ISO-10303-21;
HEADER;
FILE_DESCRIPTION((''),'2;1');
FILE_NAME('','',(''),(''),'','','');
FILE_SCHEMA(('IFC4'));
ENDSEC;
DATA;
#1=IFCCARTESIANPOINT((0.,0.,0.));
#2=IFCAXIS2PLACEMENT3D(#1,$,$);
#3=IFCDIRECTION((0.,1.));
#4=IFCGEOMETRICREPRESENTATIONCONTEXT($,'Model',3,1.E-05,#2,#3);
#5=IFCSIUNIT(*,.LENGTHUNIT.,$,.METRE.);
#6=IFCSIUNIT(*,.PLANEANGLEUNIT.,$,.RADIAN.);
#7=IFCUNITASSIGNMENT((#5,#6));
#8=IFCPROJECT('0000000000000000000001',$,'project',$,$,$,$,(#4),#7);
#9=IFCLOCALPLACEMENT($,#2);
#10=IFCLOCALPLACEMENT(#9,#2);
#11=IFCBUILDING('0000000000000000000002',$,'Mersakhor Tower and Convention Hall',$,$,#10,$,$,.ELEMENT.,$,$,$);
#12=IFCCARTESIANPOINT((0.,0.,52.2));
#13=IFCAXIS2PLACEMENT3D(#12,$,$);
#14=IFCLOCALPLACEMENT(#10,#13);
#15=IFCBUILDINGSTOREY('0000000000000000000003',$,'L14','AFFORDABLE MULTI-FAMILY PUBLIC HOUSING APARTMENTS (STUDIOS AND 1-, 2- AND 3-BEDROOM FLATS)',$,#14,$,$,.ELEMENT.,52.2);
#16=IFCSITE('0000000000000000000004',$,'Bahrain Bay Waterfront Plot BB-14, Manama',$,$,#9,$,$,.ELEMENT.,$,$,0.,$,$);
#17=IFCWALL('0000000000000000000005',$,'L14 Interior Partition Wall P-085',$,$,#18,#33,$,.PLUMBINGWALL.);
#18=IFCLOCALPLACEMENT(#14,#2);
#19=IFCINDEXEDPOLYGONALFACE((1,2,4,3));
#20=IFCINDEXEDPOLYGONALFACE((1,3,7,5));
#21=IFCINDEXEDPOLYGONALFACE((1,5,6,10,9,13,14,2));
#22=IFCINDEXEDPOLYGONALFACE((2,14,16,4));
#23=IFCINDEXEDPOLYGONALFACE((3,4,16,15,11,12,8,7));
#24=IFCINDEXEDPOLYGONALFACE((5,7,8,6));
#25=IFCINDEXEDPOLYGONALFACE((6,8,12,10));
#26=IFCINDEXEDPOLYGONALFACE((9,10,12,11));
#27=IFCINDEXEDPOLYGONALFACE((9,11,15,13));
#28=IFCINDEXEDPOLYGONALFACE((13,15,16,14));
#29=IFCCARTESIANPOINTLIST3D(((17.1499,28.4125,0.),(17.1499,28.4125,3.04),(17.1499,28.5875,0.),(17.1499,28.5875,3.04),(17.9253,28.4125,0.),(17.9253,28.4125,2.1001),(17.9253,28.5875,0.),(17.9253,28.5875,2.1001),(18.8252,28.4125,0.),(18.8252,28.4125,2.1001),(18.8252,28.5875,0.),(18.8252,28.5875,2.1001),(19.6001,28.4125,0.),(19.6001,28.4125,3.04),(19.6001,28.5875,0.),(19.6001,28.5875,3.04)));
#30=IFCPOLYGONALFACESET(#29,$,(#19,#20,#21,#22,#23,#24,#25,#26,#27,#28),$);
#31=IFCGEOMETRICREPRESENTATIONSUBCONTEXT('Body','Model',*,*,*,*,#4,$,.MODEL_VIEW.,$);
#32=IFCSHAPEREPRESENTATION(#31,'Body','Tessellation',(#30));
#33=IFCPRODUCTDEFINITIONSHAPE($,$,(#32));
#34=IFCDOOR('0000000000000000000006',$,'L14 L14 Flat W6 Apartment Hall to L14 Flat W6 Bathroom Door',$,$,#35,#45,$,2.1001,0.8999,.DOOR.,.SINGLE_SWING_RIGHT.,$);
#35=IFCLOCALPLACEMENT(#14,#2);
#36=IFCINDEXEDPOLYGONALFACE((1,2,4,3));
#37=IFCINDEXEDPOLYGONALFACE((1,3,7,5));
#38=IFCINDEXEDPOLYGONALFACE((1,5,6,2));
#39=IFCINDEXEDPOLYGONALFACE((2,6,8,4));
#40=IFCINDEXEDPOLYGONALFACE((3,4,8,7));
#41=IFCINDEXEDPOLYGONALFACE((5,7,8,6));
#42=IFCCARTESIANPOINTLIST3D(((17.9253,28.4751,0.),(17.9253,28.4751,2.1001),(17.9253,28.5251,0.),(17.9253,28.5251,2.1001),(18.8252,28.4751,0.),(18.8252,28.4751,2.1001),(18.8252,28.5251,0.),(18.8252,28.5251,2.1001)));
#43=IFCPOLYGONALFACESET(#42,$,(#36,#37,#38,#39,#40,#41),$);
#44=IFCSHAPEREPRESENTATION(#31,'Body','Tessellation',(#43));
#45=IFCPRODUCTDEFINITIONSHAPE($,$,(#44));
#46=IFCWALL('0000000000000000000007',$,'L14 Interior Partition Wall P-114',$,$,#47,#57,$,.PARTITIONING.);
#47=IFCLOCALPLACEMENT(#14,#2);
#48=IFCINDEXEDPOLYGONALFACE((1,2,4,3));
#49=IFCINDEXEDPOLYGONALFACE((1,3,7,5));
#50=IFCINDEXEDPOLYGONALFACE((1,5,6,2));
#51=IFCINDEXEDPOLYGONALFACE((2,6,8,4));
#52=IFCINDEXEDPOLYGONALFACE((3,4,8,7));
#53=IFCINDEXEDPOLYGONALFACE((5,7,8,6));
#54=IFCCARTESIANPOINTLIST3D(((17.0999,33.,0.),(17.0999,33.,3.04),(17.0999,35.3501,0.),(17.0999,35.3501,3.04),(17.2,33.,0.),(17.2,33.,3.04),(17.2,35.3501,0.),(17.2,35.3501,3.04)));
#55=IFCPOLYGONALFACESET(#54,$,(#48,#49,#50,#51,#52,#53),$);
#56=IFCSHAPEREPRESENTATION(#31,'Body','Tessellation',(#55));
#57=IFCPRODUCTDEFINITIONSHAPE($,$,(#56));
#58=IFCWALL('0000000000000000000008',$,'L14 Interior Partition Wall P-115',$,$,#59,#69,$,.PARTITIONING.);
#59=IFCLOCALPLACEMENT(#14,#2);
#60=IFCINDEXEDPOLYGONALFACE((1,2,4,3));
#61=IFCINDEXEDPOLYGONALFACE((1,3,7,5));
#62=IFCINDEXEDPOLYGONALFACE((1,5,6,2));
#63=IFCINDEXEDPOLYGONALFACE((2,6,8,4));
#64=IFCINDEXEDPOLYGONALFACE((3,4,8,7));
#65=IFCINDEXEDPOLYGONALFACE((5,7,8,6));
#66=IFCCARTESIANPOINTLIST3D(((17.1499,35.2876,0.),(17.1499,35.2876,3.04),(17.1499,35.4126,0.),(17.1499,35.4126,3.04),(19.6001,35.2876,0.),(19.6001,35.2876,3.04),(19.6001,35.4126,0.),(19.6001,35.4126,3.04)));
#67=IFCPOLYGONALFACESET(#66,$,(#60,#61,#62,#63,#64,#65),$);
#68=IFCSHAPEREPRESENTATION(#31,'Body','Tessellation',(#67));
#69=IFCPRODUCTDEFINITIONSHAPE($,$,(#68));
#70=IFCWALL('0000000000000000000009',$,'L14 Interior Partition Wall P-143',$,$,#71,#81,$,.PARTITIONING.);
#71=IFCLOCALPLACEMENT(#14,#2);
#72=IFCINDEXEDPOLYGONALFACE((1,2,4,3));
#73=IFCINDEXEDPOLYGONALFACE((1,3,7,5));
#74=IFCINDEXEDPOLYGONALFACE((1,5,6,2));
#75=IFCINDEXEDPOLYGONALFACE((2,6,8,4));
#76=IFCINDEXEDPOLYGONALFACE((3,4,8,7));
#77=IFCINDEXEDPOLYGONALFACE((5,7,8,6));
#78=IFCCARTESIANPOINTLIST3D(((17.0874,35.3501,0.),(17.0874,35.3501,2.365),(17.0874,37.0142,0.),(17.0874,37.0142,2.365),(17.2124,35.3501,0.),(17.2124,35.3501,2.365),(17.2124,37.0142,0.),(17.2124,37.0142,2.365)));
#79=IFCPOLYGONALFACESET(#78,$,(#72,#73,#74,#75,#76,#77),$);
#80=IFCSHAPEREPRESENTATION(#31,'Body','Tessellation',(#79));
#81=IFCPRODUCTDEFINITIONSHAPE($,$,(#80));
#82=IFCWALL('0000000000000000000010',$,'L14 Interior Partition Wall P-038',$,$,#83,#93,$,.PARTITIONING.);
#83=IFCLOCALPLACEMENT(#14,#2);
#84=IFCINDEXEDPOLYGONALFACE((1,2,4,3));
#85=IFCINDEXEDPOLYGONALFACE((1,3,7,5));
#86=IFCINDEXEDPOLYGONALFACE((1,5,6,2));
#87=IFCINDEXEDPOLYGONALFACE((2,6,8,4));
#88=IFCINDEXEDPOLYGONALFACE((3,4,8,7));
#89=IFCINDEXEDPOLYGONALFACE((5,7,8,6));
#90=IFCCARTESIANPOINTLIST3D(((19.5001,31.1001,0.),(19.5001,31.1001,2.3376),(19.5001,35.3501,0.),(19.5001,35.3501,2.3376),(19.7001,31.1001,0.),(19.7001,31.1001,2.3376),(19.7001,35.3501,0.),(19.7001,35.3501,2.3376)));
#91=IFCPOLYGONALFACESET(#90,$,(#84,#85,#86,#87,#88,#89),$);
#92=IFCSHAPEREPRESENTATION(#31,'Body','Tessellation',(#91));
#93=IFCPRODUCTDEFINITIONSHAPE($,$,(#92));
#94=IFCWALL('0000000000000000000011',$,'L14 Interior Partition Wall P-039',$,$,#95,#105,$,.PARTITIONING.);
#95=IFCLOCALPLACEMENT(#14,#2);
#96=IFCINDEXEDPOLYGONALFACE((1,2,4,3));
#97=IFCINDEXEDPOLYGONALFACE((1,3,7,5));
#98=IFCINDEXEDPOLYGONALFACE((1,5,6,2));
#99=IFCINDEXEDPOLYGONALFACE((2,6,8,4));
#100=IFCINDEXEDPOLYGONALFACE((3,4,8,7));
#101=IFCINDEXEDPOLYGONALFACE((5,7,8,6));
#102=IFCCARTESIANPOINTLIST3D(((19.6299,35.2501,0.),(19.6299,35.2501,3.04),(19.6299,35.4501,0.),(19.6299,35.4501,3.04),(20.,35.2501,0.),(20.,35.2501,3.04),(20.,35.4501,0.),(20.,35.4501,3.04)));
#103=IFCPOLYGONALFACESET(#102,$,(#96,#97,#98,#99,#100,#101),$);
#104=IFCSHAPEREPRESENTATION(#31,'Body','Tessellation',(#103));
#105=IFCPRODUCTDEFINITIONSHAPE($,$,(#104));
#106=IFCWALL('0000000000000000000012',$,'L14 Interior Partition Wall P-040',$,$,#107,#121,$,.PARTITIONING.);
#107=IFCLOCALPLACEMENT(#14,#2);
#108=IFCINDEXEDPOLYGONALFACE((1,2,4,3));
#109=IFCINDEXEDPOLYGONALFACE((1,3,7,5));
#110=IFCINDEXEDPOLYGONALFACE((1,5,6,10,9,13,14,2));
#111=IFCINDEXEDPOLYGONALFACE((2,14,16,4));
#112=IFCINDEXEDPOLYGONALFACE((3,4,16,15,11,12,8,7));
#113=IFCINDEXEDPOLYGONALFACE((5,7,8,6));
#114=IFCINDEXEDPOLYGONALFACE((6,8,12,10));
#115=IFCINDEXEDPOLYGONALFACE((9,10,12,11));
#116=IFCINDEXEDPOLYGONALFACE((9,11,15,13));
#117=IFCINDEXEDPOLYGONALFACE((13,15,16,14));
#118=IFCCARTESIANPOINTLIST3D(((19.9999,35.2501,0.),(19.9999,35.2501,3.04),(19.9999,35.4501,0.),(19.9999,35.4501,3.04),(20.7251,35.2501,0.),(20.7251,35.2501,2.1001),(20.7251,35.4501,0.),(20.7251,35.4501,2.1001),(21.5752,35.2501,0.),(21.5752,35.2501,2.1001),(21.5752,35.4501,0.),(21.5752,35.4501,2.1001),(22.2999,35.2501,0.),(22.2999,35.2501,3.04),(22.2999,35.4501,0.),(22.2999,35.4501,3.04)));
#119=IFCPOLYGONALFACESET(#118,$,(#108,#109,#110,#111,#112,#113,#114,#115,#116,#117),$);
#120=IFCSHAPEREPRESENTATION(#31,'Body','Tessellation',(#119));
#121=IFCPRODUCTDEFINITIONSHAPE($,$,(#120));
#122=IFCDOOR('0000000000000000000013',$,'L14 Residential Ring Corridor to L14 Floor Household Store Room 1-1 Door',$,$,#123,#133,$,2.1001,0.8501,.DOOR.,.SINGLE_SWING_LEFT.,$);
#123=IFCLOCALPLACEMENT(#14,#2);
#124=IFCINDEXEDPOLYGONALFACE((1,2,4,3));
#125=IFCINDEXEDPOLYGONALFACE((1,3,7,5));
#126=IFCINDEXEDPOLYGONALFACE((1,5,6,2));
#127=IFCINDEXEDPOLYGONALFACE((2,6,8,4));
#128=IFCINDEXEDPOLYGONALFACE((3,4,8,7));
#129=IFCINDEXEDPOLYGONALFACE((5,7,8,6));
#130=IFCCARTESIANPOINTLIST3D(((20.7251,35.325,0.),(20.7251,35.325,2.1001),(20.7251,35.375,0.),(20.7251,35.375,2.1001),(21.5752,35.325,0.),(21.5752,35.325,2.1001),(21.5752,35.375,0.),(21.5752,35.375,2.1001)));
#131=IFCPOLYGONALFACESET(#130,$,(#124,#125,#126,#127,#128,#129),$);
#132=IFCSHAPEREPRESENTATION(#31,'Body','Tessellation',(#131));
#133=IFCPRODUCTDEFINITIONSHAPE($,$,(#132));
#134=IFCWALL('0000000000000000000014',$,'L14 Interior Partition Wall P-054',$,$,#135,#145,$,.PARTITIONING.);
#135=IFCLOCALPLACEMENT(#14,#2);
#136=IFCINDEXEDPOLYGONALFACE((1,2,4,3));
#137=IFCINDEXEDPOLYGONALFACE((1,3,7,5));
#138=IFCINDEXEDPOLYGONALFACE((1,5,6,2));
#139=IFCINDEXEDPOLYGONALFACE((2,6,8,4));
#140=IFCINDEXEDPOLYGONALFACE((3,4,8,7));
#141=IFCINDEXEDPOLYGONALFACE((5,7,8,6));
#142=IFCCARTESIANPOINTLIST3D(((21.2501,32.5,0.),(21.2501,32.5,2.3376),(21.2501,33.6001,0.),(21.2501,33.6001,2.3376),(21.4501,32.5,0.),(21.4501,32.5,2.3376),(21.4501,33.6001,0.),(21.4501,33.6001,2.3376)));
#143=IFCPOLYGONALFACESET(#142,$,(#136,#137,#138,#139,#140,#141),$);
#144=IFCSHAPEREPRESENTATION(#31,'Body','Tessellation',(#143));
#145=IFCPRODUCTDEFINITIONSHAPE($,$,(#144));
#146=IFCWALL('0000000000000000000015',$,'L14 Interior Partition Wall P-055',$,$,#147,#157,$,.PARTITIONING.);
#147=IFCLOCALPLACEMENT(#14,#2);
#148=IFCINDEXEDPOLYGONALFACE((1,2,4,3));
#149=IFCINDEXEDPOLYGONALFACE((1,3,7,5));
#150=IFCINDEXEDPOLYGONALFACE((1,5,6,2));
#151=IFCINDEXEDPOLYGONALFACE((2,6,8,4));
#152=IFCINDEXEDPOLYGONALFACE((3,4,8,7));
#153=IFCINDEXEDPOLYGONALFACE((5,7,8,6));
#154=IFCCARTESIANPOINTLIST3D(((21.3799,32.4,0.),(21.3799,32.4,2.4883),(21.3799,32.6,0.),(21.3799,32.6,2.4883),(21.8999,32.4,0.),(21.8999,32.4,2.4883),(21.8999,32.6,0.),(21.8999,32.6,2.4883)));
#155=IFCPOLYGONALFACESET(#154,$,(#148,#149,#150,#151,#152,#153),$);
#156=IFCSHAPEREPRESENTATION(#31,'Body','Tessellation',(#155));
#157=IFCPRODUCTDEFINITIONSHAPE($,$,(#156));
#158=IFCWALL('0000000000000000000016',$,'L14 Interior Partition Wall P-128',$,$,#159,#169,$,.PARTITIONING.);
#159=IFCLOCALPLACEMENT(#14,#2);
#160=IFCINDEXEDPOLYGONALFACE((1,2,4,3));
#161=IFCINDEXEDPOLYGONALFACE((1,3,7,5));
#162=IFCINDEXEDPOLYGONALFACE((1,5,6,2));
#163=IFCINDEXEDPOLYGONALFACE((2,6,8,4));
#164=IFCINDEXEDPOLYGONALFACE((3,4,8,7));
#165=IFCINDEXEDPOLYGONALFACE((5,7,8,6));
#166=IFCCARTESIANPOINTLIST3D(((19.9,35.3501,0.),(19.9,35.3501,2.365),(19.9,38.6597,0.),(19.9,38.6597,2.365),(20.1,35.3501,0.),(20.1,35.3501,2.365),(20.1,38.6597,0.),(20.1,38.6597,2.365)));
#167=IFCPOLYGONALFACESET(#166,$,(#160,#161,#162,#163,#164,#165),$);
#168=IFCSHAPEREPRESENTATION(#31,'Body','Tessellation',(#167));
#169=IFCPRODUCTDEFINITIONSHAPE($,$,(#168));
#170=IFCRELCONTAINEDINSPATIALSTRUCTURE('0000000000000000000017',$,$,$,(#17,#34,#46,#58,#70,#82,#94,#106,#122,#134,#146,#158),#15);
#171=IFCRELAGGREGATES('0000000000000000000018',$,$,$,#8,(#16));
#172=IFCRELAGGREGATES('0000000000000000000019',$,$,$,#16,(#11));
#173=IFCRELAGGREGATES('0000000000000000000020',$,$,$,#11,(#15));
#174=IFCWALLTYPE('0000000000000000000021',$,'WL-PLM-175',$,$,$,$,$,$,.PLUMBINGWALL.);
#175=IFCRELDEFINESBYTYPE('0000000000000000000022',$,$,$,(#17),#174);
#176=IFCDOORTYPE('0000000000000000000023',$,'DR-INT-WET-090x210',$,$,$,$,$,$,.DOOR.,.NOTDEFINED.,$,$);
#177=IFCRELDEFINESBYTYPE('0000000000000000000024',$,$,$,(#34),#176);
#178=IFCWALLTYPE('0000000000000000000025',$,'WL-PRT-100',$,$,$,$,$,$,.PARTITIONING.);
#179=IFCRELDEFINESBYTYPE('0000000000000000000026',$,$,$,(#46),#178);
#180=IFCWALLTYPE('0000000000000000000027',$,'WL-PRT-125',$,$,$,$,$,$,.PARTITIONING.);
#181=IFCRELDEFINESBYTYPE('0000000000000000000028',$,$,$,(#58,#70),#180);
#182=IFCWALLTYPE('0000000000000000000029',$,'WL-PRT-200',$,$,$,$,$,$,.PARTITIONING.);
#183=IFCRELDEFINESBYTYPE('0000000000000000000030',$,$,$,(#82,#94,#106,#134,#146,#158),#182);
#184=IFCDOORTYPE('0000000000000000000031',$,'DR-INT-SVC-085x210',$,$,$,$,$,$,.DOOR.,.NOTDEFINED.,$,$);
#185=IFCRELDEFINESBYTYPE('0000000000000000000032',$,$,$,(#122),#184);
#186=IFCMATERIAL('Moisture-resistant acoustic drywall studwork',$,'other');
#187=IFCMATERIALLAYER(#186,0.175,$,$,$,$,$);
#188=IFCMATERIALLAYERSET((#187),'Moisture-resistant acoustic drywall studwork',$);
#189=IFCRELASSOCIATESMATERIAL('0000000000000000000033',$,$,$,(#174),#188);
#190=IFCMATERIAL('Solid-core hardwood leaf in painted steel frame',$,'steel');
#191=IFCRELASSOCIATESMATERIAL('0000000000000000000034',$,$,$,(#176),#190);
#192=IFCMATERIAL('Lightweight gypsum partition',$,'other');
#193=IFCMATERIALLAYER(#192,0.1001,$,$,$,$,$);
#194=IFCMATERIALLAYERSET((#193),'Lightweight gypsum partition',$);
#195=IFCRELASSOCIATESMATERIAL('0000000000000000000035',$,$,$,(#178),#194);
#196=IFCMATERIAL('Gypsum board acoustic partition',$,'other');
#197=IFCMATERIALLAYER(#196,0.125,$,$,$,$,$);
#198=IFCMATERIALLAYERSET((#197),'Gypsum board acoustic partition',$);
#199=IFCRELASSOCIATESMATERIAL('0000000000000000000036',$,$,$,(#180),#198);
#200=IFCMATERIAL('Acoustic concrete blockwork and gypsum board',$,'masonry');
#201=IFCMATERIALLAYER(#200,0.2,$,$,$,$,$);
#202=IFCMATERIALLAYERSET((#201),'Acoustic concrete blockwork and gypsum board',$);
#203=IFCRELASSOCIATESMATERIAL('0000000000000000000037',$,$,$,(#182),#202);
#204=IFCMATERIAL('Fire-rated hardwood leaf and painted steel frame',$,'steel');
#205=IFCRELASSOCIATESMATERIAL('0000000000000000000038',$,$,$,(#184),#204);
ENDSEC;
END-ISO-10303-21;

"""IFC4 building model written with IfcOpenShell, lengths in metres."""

from ifc_helpers import new_model, si_unit, direction, frame, frame_2d, origin, place, context, subcontext, project, spatial, rectangle, extrude, material, layer, layer_set, type_object, element, fill, save


model = new_model("IFC4")

# Units and contexts
model_context = context("Model", 3, precision=1e-05, world=origin(), true_north=direction((0.0, 1.0)))
body_context = subcontext(model_context, "Body", "Model", "MODEL_VIEW")
ifc_project = project(units=[si_unit("LENGTHUNIT", "METRE"), si_unit("PLANEANGLEUNIT", "RADIAN")], contexts=[model_context])

# Site, building, storey
site_placement = place(None, origin())
site = spatial("IfcSite", under=ifc_project, at=site_placement, Name="Bahrain Bay Waterfront Plot BB-14, Manama", CompositionType="ELEMENT", RefElevation=0.0)
building_placement = place(site_placement, origin())
building = spatial("IfcBuilding", under=site, at=building_placement, Name="Mersakhor Tower and Convention Hall", CompositionType="ELEMENT")
storey_placement = place(building_placement, frame((0.0, 0.0, 52.2)))
storey = spatial("IfcBuildingStorey", under=building, at=storey_placement, Name="L14", Description="AFFORDABLE MULTI-FAMILY PUBLIC HOUSING APARTMENTS (STUDIOS AND 1-, 2- AND 3-BEDROOM FLATS)", CompositionType="ELEMENT", Elevation=52.2)

# Wall, opening, door
ifc_material_1 = material(Name="Moisture-resistant acoustic drywall studwork", Category="other")
ifc_layer_1 = layer(ifc_material_1, 0.175)
ifc_layer_set_1 = layer_set([ifc_layer_1], Name="Moisture-resistant acoustic drywall studwork")
wall_type_1 = type_object("IfcWallType", Name="WL-PLM-175", PredefinedType="PLUMBINGWALL", material=ifc_layer_set_1)
wall_1_placement = place(storey_placement, frame((19.6001, 28.5, 0.0), z_axis=(0.0, 0.0, 1.0), x_axis=(-1.0, 0.0, 0.0)))
wall_1 = element("IfcWall", 1, at=wall_1_placement, inside=storey, type_object=wall_type_1, Name="L14 Interior Partition Wall P-085", PredefinedType="PLUMBINGWALL", context=body_context, shape_type="SweptSolid", body=[
    extrude(rectangle(XDim=2.4502, YDim=0.175, at=frame_2d((1.2251, 0.0))), origin(), (0.0, 0.0, 1.0), 3.04),
])
opening_1_placement = place(wall_1_placement, frame((0.7749, 0.0, 0.0)))
opening_1 = element("IfcOpeningElement", 2, at=opening_1_placement, cuts=wall_1, PredefinedType="OPENING", context=body_context, shape_type="SweptSolid", body=[
    extrude(rectangle(XDim=0.8999, YDim=2.1001, at=frame_2d((0.45, 1.05))), frame((0.0, 0.0974, 0.0), z_axis=(0.0, -1.0, 0.0), x_axis=(1.0, 0.0, 0.0)), (0.0, 0.0, 1.0), 0.1951),
])
ifc_material_2 = material(Name="Solid-core hardwood leaf in painted steel frame", Category="steel")
door_type_1 = type_object("IfcDoorType", Name="DR-INT-WET-090x210", OperationType="NOTDEFINED", PredefinedType="DOOR", material=ifc_material_2)
door_1_placement = place(opening_1_placement, origin())
door_1 = element("IfcDoor", 3, at=door_1_placement, inside=storey, type_object=door_type_1, Name="L14 L14 Flat W6 Apartment Hall to L14 Flat W6 Bathroom Door", OperationType="SINGLE_SWING_RIGHT", OverallHeight=2.1001, OverallWidth=0.8999, PredefinedType="DOOR", context=body_context, shape_type="SweptSolid", body=[
    extrude(rectangle(XDim=0.8999, YDim=2.1001, at=frame_2d((0.45, 1.05))), frame((0.0, 0.0249, 0.0), z_axis=(0.0, -1.0, 0.0), x_axis=(1.0, 0.0, 0.0)), (0.0, 0.0, 1.0), 0.05),
])
fill(opening_1, door_1)

# Walls
ifc_material_3 = material(Name="Lightweight gypsum partition", Category="other")
ifc_layer_2 = layer(ifc_material_3, 0.1001)
ifc_layer_set_2 = layer_set([ifc_layer_2], Name="Lightweight gypsum partition")
wall_type_2 = type_object("IfcWallType", Name="WL-PRT-100", PredefinedType="PARTITIONING", material=ifc_layer_set_2)
wall_2_placement = place(storey_placement, frame((17.1499, 33.0, 0.0), z_axis=(0.0, 0.0, 1.0), x_axis=(0.0, 1.0, 0.0)))
element("IfcWall", 4, at=wall_2_placement, inside=storey, type_object=wall_type_2, Name="L14 Interior Partition Wall P-114", PredefinedType="PARTITIONING", context=body_context, shape_type="SweptSolid", body=[
    extrude(rectangle(XDim=2.3501, YDim=0.1001, at=frame_2d((1.175, 0.0))), origin(), (0.0, 0.0, 1.0), 3.04),
])
ifc_material_4 = material(Name="Gypsum board acoustic partition", Category="other")
ifc_layer_3 = layer(ifc_material_4, 0.125)
ifc_layer_set_3 = layer_set([ifc_layer_3], Name="Gypsum board acoustic partition")
wall_type_3 = type_object("IfcWallType", Name="WL-PRT-125", PredefinedType="PARTITIONING", material=ifc_layer_set_3)
wall_3_placement = place(storey_placement, frame((17.1499, 35.3501, 0.0), z_axis=(0.0, 0.0, 1.0), x_axis=(1.0, 0.0, 0.0)))
element("IfcWall", 5, at=wall_3_placement, inside=storey, type_object=wall_type_3, Name="L14 Interior Partition Wall P-115", PredefinedType="PARTITIONING", context=body_context, shape_type="SweptSolid", body=[
    extrude(rectangle(XDim=2.4502, YDim=0.125, at=frame_2d((1.2251, 0.0))), origin(), (0.0, 0.0, 1.0), 3.04),
])
wall_4_placement = place(storey_placement, frame((17.1499, 37.0142, 0.0), z_axis=(0.0, 0.0, 1.0), x_axis=(0.0, -1.0, 0.0)))
element("IfcWall", 6, at=wall_4_placement, inside=storey, type_object=wall_type_3, Name="L14 Interior Partition Wall P-143", PredefinedType="PARTITIONING", context=body_context, shape_type="SweptSolid", body=[
    extrude(rectangle(XDim=1.6641, YDim=0.125, at=frame_2d((0.832, 0.0))), origin(), (0.0, 0.0, 1.0), 2.365),
])

# Shared definitions
ifc_material_5 = material(Name="Acoustic concrete blockwork and gypsum board", Category="masonry")
ifc_layer_4 = layer(ifc_material_5, 0.2)
ifc_layer_set_4 = layer_set([ifc_layer_4], Name="Acoustic concrete blockwork and gypsum board")
wall_type_4 = type_object("IfcWallType", Name="WL-PRT-200", PredefinedType="PARTITIONING", material=ifc_layer_set_4)

# Walls
wall_5_placement = place(storey_placement, frame((19.6001, 31.1001, 0.0), z_axis=(0.0, 0.0, 1.0), x_axis=(0.0, 1.0, 0.0)))
element("IfcWall", 7, at=wall_5_placement, inside=storey, type_object=wall_type_4, Name="L14 Interior Partition Wall P-038", PredefinedType="PARTITIONING", context=body_context, shape_type="SweptSolid", body=[
    extrude(rectangle(XDim=4.25, YDim=0.2, at=frame_2d((2.125, 0.0))), origin(), (0.0, 0.0, 1.0), 2.3376),
])
wall_6_placement = place(storey_placement, frame((19.6299, 35.3501, 0.0), z_axis=(0.0, 0.0, 1.0), x_axis=(1.0, 0.0, 0.0)))
element("IfcWall", 8, at=wall_6_placement, inside=storey, type_object=wall_type_4, Name="L14 Interior Partition Wall P-039", PredefinedType="PARTITIONING", context=body_context, shape_type="SweptSolid", body=[
    extrude(rectangle(XDim=0.3701, YDim=0.2, at=frame_2d((0.1851, 0.0))), origin(), (0.0, 0.0, 1.0), 3.04),
])

# Wall, opening, door
wall_7_placement = place(storey_placement, frame((20.0, 35.3501, 0.0), z_axis=(0.0, 0.0, 1.0), x_axis=(1.0, 0.0, 0.0)))
wall_7 = element("IfcWall", 9, at=wall_7_placement, inside=storey, type_object=wall_type_4, Name="L14 Interior Partition Wall P-040", PredefinedType="PARTITIONING", context=body_context, shape_type="SweptSolid", body=[
    extrude(rectangle(XDim=2.3, YDim=0.2, at=frame_2d((1.1499, 0.0))), origin(), (0.0, 0.0, 1.0), 3.04),
])
opening_2_placement = place(wall_7_placement, frame((0.7251, 0.0, 0.0)))
opening_2 = element("IfcOpeningElement", 10, at=opening_2_placement, cuts=wall_7, PredefinedType="OPENING", context=body_context, shape_type="SweptSolid", body=[
    extrude(rectangle(XDim=0.8501, YDim=2.1001, at=frame_2d((0.425, 1.05))), frame((0.0, 0.1099, 0.0), z_axis=(0.0, -1.0, 0.0), x_axis=(1.0, 0.0, 0.0)), (0.0, 0.0, 1.0), 0.22),
])
ifc_material_6 = material(Name="Fire-rated hardwood leaf and painted steel frame", Category="steel")
door_type_2 = type_object("IfcDoorType", Name="DR-INT-SVC-085x210", OperationType="NOTDEFINED", PredefinedType="DOOR", material=ifc_material_6)
door_2_placement = place(opening_2_placement, origin())
door_2 = element("IfcDoor", 11, at=door_2_placement, inside=storey, type_object=door_type_2, Name="L14 Residential Ring Corridor to L14 Floor Household Store Room 1-1 Door", OperationType="SINGLE_SWING_LEFT", OverallHeight=2.1001, OverallWidth=0.8501, PredefinedType="DOOR", context=body_context, shape_type="SweptSolid", body=[
    extrude(rectangle(XDim=0.8501, YDim=2.1001, at=frame_2d((0.425, 1.05))), frame((0.0, 0.0249, 0.0), z_axis=(0.0, -1.0, 0.0), x_axis=(1.0, 0.0, 0.0)), (0.0, 0.0, 1.0), 0.05),
])
fill(opening_2, door_2)

# Walls
wall_8_placement = place(storey_placement, frame((21.3501, 33.6001, 0.0), z_axis=(0.0, 0.0, 1.0), x_axis=(0.0, -1.0, 0.0)))
element("IfcWall", 12, at=wall_8_placement, inside=storey, type_object=wall_type_4, Name="L14 Interior Partition Wall P-054", PredefinedType="PARTITIONING", context=body_context, shape_type="SweptSolid", body=[
    extrude(rectangle(XDim=1.1001, YDim=0.2, at=frame_2d((0.55, 0.0))), origin(), (0.0, 0.0, 1.0), 2.3376),
])
wall_9_placement = place(storey_placement, frame((21.3799, 32.5, 0.0), z_axis=(0.0, 0.0, 1.0), x_axis=(1.0, 0.0, 0.0)))
element("IfcWall", 13, at=wall_9_placement, inside=storey, type_object=wall_type_4, Name="L14 Interior Partition Wall P-055", PredefinedType="PARTITIONING", context=body_context, shape_type="SweptSolid", body=[
    extrude(rectangle(XDim=0.52, YDim=0.2, at=frame_2d((0.26, 0.0))), origin(), (0.0, 0.0, 1.0), 2.4883),
])
wall_10_placement = place(storey_placement, frame((20.0, 35.3501, 0.0), z_axis=(0.0, 0.0, 1.0), x_axis=(0.0, 1.0, 0.0)))
element("IfcWall", 14, at=wall_10_placement, inside=storey, type_object=wall_type_4, Name="L14 Interior Partition Wall P-128", PredefinedType="PARTITIONING", context=body_context, shape_type="SweptSolid", body=[
    extrude(rectangle(XDim=3.3096, YDim=0.2, at=frame_2d((1.6548, 0.0))), origin(), (0.0, 0.0, 1.0), 2.365),
])

save(model, "model.ifc")
